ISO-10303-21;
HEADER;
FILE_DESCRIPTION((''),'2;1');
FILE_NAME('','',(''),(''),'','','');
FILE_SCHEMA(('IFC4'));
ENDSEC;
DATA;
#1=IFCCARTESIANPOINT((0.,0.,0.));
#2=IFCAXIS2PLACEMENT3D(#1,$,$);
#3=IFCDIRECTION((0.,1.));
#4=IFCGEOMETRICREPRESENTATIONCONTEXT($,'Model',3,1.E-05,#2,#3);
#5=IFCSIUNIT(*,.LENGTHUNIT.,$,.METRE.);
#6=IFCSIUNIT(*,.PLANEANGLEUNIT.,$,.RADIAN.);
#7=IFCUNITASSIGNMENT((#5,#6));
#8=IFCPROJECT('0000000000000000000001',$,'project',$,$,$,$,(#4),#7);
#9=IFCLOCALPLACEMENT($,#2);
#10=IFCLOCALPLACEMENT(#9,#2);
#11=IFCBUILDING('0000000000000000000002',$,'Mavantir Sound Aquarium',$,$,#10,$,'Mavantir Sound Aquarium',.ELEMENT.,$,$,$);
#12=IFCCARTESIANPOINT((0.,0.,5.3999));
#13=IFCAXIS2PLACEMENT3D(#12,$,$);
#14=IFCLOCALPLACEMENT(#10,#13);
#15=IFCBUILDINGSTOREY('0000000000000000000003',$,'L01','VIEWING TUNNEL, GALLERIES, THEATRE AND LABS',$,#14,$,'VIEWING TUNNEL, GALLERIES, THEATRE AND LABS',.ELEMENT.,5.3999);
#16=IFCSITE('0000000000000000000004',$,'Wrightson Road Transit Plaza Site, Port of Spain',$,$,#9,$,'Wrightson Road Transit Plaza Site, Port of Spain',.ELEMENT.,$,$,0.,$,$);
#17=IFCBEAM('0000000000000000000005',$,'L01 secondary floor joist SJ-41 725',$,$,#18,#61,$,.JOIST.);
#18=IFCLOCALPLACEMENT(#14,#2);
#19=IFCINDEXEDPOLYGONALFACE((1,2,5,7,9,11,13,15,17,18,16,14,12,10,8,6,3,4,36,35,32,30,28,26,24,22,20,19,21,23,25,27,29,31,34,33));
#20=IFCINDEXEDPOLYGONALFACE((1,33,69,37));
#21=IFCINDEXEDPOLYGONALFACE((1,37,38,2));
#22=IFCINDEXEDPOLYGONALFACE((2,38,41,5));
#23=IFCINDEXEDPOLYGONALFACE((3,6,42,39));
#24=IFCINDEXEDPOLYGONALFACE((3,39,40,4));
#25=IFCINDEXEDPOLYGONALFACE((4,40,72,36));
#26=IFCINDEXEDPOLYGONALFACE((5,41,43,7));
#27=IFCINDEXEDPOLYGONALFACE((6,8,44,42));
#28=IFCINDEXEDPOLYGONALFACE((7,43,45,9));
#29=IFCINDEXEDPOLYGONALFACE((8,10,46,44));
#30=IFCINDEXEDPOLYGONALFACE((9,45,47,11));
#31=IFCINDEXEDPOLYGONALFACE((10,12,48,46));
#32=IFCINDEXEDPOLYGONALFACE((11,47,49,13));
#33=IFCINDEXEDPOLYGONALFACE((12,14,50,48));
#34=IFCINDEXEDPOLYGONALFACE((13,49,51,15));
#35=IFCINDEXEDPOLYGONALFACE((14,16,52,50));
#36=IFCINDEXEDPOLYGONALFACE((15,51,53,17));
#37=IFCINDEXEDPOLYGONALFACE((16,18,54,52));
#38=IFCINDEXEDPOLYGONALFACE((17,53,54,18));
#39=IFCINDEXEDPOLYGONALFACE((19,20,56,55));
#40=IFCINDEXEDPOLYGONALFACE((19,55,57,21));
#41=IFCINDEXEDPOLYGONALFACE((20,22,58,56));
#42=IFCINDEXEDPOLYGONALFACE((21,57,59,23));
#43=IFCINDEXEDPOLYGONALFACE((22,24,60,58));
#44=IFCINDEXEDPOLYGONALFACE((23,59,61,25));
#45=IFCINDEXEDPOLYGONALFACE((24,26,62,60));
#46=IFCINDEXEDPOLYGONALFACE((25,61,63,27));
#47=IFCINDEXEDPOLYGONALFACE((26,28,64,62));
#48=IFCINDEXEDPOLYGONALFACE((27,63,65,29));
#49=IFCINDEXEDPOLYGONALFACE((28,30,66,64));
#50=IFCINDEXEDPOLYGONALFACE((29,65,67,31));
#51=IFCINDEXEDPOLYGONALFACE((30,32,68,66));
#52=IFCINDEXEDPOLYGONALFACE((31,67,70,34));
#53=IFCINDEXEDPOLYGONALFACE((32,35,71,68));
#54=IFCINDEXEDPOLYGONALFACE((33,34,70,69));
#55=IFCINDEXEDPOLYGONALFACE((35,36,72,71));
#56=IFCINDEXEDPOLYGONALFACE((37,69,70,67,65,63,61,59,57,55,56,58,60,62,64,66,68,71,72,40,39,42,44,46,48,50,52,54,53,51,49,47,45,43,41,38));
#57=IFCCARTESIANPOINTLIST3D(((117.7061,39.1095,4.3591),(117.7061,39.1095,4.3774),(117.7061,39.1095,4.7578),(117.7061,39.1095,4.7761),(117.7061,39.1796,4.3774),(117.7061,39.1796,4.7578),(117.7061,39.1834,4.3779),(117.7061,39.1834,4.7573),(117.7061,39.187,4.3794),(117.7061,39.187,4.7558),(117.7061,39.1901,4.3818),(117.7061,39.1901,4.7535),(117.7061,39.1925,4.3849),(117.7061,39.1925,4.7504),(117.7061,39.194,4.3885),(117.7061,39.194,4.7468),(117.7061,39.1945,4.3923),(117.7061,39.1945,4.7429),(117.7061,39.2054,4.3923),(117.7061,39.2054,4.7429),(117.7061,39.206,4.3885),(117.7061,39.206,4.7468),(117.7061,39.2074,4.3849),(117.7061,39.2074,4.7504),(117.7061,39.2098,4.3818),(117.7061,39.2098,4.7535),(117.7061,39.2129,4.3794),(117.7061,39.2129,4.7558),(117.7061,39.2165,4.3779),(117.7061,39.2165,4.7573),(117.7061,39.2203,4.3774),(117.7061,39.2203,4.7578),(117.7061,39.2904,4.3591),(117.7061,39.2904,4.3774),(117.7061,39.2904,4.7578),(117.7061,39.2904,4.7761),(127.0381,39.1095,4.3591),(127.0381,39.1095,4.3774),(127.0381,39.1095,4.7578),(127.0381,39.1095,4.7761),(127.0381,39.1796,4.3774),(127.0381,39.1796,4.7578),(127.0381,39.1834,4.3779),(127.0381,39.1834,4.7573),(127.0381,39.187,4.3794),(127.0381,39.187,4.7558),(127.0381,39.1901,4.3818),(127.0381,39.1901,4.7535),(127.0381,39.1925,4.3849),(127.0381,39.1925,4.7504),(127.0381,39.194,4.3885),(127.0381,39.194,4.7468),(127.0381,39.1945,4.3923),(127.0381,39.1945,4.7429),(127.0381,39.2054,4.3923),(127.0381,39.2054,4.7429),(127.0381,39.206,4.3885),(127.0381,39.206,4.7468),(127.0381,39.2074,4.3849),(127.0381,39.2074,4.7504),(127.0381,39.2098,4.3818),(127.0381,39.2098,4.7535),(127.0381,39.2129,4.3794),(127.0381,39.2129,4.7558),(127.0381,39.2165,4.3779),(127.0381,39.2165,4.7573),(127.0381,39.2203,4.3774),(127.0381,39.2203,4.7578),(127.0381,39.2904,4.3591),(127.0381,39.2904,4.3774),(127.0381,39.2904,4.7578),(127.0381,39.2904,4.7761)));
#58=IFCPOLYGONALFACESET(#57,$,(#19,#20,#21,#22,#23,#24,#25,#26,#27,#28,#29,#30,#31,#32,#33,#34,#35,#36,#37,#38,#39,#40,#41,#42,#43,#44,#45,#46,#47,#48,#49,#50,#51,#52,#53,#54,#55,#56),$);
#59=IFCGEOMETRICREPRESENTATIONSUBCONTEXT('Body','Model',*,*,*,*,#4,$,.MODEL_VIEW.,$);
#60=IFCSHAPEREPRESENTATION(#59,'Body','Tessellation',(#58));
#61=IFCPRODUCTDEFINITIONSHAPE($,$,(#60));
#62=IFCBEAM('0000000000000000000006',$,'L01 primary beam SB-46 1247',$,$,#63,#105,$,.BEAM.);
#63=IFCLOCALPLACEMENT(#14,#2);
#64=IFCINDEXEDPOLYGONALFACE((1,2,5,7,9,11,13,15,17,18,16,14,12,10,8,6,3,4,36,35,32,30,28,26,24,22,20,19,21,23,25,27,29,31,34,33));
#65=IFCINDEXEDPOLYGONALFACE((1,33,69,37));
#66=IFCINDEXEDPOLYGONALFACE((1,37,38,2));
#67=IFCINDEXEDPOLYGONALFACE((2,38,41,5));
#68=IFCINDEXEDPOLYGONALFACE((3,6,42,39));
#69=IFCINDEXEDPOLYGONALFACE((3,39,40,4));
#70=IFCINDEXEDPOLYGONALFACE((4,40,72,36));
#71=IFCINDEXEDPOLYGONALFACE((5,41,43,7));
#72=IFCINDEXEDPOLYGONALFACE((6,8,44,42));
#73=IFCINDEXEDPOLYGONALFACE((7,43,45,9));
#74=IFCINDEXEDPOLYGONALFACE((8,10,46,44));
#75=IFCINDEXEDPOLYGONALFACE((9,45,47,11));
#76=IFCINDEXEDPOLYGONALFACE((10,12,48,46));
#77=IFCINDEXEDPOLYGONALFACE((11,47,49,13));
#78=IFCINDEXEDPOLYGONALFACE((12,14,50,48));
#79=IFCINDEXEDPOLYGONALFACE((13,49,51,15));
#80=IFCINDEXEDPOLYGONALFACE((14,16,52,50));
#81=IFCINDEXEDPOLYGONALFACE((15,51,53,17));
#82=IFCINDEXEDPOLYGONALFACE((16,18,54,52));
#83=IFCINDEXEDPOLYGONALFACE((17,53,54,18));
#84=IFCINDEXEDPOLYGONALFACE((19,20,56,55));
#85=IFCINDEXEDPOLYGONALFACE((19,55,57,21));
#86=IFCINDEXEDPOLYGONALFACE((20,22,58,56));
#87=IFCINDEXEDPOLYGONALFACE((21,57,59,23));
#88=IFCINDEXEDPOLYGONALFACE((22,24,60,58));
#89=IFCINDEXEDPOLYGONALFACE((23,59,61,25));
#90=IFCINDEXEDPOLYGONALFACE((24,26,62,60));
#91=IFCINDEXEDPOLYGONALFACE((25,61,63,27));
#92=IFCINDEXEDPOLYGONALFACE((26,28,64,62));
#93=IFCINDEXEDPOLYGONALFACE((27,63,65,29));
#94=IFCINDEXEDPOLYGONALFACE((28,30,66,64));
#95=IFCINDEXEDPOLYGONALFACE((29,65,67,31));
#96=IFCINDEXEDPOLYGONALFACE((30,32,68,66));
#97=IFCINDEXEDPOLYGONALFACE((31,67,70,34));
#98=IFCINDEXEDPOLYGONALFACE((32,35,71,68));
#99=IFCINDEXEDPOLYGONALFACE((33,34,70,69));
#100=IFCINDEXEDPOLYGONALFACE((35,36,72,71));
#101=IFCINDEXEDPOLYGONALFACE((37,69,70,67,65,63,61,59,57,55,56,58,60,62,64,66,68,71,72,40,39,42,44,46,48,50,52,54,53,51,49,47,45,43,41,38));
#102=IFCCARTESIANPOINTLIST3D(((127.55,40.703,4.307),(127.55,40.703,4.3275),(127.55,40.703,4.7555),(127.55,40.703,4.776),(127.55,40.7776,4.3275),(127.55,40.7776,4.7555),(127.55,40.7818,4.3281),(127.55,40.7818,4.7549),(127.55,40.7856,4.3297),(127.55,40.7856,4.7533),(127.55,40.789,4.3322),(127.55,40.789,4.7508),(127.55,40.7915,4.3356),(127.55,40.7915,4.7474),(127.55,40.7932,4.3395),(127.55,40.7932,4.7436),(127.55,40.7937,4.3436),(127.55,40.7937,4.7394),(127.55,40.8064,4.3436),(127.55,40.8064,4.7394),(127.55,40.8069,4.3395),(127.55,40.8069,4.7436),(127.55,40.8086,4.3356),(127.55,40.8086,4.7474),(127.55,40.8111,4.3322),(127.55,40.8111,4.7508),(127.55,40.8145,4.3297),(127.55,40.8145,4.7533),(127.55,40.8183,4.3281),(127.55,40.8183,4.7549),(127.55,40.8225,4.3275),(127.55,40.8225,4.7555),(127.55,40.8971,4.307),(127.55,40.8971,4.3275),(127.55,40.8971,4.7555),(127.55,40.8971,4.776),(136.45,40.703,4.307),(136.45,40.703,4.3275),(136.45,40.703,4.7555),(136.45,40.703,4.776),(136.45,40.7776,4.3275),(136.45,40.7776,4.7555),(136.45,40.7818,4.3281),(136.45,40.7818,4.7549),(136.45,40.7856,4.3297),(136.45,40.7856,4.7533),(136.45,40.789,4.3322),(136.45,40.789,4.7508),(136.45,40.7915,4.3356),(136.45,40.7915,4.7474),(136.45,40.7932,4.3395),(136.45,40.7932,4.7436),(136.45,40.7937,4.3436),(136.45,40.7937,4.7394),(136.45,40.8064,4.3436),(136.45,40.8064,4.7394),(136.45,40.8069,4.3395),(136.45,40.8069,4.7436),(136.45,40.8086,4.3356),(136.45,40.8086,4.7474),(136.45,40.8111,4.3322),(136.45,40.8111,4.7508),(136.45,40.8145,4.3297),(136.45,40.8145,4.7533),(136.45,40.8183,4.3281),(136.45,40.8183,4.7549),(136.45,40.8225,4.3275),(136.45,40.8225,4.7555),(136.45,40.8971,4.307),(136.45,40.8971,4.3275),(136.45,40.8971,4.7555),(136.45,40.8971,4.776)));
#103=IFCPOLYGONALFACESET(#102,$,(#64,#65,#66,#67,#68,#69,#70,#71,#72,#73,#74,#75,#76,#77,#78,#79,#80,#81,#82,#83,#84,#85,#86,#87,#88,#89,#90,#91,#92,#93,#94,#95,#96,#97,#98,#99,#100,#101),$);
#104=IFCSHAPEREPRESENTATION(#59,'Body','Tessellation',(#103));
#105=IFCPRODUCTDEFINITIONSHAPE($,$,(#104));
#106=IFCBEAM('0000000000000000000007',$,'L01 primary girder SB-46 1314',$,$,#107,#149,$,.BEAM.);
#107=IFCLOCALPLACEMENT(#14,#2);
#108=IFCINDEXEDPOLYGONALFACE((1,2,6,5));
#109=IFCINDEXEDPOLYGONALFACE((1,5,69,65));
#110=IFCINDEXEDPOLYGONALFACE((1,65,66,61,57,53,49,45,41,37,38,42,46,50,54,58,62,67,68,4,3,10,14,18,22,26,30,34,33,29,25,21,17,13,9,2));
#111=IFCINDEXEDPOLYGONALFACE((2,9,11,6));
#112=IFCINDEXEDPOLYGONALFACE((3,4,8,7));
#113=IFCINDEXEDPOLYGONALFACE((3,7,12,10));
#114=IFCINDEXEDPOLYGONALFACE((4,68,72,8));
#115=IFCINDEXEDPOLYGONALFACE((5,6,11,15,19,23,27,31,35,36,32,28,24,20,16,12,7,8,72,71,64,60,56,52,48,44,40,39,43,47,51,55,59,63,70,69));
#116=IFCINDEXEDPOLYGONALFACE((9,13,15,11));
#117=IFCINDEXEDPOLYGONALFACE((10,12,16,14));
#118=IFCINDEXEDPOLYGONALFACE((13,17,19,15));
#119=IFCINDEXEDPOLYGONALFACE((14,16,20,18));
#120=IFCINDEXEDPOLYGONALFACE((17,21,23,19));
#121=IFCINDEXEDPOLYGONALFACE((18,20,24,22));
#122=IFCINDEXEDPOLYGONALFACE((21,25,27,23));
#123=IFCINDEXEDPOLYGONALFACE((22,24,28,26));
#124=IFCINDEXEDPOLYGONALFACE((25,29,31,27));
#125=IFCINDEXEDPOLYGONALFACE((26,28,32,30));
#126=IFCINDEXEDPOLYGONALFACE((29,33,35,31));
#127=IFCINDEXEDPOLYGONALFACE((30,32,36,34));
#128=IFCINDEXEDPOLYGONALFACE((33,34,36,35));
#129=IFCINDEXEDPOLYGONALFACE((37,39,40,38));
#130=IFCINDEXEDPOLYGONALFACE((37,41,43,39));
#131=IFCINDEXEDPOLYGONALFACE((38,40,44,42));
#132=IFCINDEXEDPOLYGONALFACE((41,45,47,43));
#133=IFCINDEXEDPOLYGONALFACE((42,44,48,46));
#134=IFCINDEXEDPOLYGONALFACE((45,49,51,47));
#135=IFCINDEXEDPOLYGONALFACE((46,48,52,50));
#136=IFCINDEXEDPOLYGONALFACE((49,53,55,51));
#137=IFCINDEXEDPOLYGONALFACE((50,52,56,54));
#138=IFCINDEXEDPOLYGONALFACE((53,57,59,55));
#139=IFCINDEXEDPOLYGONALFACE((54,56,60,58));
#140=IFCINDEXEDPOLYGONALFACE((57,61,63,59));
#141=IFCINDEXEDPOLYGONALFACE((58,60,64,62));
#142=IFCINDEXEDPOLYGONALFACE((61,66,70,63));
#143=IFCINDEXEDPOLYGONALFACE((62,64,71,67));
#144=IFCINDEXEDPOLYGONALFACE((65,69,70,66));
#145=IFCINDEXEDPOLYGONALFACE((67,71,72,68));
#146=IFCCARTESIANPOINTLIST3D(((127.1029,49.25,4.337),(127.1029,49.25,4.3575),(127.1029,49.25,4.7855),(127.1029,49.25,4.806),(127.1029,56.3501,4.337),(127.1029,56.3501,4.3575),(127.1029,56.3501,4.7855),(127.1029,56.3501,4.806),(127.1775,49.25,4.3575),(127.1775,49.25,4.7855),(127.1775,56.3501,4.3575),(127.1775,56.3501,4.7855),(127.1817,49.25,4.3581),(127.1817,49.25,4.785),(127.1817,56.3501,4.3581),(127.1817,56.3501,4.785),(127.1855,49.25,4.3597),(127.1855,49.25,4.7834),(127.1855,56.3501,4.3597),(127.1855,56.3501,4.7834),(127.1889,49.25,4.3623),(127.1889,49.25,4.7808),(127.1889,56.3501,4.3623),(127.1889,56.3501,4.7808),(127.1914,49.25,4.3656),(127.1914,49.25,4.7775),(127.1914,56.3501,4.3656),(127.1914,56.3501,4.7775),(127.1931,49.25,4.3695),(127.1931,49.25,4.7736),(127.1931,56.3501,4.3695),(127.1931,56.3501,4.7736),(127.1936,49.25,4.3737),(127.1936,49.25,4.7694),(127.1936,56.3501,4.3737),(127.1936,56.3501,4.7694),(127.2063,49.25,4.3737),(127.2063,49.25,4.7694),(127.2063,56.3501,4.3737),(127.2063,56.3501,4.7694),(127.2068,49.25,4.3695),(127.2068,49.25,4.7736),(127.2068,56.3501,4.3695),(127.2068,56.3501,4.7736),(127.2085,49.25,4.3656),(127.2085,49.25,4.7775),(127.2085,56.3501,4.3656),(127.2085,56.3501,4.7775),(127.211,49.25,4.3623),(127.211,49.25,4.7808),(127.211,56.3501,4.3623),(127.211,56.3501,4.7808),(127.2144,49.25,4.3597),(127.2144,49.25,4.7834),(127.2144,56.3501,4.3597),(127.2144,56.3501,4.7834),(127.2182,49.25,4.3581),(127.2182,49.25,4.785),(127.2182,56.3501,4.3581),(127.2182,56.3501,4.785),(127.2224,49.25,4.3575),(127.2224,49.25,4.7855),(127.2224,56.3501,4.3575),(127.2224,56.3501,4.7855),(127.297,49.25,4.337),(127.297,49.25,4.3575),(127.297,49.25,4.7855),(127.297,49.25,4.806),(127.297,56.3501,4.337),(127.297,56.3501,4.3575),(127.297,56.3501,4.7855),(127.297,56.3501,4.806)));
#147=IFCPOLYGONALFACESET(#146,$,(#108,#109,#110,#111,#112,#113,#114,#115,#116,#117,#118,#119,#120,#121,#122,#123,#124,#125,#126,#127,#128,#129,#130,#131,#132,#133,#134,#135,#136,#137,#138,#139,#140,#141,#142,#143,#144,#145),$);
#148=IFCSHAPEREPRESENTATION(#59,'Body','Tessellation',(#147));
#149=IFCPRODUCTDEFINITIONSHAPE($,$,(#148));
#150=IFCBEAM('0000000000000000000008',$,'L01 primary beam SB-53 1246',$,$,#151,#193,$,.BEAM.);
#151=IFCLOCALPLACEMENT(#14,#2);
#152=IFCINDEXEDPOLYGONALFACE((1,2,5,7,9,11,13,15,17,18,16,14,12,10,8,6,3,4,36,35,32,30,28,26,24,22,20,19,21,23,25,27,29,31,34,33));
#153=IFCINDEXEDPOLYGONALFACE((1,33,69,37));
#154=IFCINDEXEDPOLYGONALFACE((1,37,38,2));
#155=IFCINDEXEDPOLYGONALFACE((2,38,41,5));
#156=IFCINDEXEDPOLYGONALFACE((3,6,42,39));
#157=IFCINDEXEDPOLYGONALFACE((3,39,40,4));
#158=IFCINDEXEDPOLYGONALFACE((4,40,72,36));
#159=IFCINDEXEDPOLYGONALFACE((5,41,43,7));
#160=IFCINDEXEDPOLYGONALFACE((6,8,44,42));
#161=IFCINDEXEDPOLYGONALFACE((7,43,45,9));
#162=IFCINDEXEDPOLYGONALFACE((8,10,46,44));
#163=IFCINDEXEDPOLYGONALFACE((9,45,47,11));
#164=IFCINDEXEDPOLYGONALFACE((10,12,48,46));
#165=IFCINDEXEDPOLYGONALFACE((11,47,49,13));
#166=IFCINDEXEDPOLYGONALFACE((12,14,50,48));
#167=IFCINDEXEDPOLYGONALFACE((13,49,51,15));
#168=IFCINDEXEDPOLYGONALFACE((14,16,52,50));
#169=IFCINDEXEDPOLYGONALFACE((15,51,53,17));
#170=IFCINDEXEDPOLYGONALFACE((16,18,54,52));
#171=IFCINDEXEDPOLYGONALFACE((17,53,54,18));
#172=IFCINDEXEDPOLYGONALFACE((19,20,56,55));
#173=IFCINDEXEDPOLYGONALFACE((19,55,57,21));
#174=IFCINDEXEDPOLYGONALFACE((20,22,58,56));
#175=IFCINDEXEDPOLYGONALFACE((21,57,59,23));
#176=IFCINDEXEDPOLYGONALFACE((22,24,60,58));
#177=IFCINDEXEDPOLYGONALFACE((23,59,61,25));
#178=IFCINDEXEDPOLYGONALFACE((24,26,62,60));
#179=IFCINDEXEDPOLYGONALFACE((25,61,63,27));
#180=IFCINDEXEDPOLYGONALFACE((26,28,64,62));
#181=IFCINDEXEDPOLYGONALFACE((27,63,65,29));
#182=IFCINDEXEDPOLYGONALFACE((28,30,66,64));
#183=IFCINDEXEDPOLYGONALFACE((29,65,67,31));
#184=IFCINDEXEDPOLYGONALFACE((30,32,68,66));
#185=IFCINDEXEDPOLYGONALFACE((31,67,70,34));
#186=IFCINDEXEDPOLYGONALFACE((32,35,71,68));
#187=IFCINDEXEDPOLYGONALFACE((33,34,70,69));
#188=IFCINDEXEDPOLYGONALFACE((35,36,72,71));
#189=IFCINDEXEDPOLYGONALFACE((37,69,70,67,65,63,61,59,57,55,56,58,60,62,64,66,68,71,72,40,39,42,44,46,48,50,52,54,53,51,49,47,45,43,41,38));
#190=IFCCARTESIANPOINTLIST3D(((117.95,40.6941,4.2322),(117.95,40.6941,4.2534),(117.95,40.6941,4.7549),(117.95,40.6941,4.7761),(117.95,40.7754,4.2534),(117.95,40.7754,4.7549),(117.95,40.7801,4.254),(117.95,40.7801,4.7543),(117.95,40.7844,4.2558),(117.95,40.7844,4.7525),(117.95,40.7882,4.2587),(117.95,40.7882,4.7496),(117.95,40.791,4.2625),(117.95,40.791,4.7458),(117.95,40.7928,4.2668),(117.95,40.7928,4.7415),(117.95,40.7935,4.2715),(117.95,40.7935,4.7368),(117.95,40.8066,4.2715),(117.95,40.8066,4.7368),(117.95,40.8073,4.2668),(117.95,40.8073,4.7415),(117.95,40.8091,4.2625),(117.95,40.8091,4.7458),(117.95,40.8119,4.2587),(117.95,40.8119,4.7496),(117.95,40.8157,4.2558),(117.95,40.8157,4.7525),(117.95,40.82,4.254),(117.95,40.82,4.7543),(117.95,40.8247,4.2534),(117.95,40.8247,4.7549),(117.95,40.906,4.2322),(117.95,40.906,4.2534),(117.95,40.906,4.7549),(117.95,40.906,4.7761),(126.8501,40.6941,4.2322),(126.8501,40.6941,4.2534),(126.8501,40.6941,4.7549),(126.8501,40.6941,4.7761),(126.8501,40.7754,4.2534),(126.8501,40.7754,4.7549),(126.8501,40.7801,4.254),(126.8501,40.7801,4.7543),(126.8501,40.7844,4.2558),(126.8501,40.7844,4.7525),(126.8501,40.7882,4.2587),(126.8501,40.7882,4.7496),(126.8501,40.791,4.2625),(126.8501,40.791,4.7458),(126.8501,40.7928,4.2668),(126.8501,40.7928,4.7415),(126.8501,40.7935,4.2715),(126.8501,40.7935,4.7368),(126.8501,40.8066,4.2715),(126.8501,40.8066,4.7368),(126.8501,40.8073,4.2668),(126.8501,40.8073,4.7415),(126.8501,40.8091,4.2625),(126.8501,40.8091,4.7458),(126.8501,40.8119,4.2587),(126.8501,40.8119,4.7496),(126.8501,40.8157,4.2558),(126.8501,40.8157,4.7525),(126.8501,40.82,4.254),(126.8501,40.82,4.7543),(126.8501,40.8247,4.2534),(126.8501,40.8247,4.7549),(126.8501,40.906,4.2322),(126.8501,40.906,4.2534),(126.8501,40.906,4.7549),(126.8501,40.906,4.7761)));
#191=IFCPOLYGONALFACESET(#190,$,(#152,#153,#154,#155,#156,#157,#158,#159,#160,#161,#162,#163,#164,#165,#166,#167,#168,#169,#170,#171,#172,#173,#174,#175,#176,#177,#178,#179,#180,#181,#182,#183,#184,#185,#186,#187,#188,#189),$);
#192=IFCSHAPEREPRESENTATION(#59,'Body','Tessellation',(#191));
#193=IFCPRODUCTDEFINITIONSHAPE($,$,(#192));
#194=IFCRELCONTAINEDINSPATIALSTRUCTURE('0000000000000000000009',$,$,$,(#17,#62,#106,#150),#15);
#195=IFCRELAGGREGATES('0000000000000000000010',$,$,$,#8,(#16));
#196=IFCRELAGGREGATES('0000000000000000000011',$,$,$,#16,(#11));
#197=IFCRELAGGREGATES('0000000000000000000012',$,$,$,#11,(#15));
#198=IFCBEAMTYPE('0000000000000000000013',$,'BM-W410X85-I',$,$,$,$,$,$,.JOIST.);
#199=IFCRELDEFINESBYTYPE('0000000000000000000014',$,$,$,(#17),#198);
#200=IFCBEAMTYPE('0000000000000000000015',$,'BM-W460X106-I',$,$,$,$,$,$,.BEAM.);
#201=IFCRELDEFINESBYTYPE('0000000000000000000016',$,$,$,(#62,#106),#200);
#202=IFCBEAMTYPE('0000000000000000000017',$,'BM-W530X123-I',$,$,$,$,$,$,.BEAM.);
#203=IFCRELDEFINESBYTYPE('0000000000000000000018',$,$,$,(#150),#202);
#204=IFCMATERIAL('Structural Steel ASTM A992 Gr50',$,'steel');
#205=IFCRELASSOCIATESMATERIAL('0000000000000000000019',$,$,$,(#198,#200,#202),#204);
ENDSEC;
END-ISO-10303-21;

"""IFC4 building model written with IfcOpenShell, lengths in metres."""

from ifc_helpers import new_model, si_unit, direction, frame, origin, origin_2d, place, context, subcontext, project, spatial, i_section, extrude, material, material_profile, profile_set, type_object, element, save


model = new_model("IFC4")

# Units and contexts
model_context = context("Model", 3, precision=1e-05, world=origin(), true_north=direction((0.0, 1.0)))
body_context = subcontext(model_context, "Body", "Model", "MODEL_VIEW")
ifc_project = project(units=[si_unit("LENGTHUNIT", "METRE"), si_unit("PLANEANGLEUNIT", "RADIAN")], contexts=[model_context])

# Site, building, storey
site_placement = place(None, origin())
site = spatial("IfcSite", under=ifc_project, at=site_placement, Name="Wrightson Road Transit Plaza Site, Port of Spain", LongName="Wrightson Road Transit Plaza Site, Port of Spain", CompositionType="ELEMENT", RefElevation=0.0)
building_placement = place(site_placement, origin())
building = spatial("IfcBuilding", under=site, at=building_placement, Name="Mavantir Sound Aquarium", LongName="Mavantir Sound Aquarium", CompositionType="ELEMENT")
storey_placement = place(building_placement, frame((0.0, 0.0, 5.3999)))
storey = spatial("IfcBuildingStorey", under=building, at=storey_placement, Name="L01", Description="VIEWING TUNNEL, GALLERIES, THEATRE AND LABS", LongName="VIEWING TUNNEL, GALLERIES, THEATRE AND LABS", CompositionType="ELEMENT", Elevation=5.3999)

# Beams
ifc_material_1 = material(Name="Structural Steel ASTM A992 Gr50", Category="steel")
ifc_material_profile_1 = material_profile(ifc_material_1, i_section(OverallWidth=0.1809, OverallDepth=0.417, WebThickness=0.011, FlangeThickness=0.0183, FilletRadius=0.0149, at=origin_2d()), Name="W410X85")
ifc_profile_set_1 = profile_set([ifc_material_profile_1], Name="Structural Steel ASTM A992 Gr50")
beam_type_1 = type_object("IfcBeamType", Name="BM-W410X85-I", PredefinedType="JOIST", material=ifc_profile_set_1)
beam_1_placement = place(storey_placement, frame((117.7061, 39.2, 4.5676), z_axis=(1.0, 0.0, 0.0), x_axis=(0.0, 1.0, 0.0)))
element("IfcBeam", 1, at=beam_1_placement, inside=storey, type_object=beam_type_1, Name="L01 secondary floor joist SJ-41 725", PredefinedType="JOIST", context=body_context, shape_type="SweptSolid", body=[
    extrude(i_section(OverallWidth=0.1809, OverallDepth=0.417, WebThickness=0.011, FlangeThickness=0.0183, FilletRadius=0.0149, at=origin_2d()), origin(), (0.0, 0.0, 1.0), 9.332),
])
ifc_material_profile_2 = material_profile(ifc_material_1, i_section(OverallWidth=0.1941, OverallDepth=0.469, WebThickness=0.0127, FlangeThickness=0.0205, FilletRadius=0.0161, at=origin_2d()), Name="W460X106")
ifc_profile_set_2 = profile_set([ifc_material_profile_2], Name="Structural Steel ASTM A992 Gr50")
beam_type_2 = type_object("IfcBeamType", Name="BM-W460X106-I", PredefinedType="BEAM", material=ifc_profile_set_2)
beam_2_placement = place(storey_placement, frame((127.55, 40.8, 4.5415), z_axis=(1.0, 0.0, 0.0), x_axis=(0.0, 1.0, 0.0)))
element("IfcBeam", 2, at=beam_2_placement, inside=storey, type_object=beam_type_2, Name="L01 primary beam SB-46 1247", PredefinedType="BEAM", context=body_context, shape_type="SweptSolid", body=[
    extrude(i_section(OverallWidth=0.1941, OverallDepth=0.469, WebThickness=0.0127, FlangeThickness=0.0205, FilletRadius=0.0161, at=origin_2d()), origin(), (0.0, 0.0, 1.0), 8.8999),
])
beam_3_placement = place(storey_placement, frame((127.2, 49.25, 4.5715), z_axis=(0.0, 1.0, 0.0), x_axis=(-1.0, 0.0, 0.0)))
element("IfcBeam", 3, at=beam_3_placement, inside=storey, type_object=beam_type_2, Name="L01 primary girder SB-46 1314", PredefinedType="BEAM", context=body_context, shape_type="SweptSolid", body=[
    extrude(i_section(OverallWidth=0.1941, OverallDepth=0.469, WebThickness=0.0127, FlangeThickness=0.0205, FilletRadius=0.0161, at=origin_2d()), origin(), (0.0, 0.0, 1.0), 7.1001),
])
ifc_material_profile_3 = material_profile(ifc_material_1, i_section(OverallWidth=0.2119, OverallDepth=0.5439, WebThickness=0.0132, FlangeThickness=0.0212, FilletRadius=0.0181, at=origin_2d()), Name="W530X123")
ifc_profile_set_3 = profile_set([ifc_material_profile_3], Name="Structural Steel ASTM A992 Gr50")
beam_type_3 = type_object("IfcBeamType", Name="BM-W530X123-I", PredefinedType="BEAM", material=ifc_profile_set_3)
beam_4_placement = place(storey_placement, frame((117.95, 40.8, 4.5042), z_axis=(1.0, 0.0, 0.0), x_axis=(0.0, 1.0, 0.0)))
element("IfcBeam", 4, at=beam_4_placement, inside=storey, type_object=beam_type_3, Name="L01 primary beam SB-53 1246", PredefinedType="BEAM", context=body_context, shape_type="SweptSolid", body=[
    extrude(i_section(OverallWidth=0.2119, OverallDepth=0.5439, WebThickness=0.0132, FlangeThickness=0.0212, FilletRadius=0.0181, at=origin_2d()), origin(), (0.0, 0.0, 1.0), 8.9001),
])

save(model, "model.ifc")
